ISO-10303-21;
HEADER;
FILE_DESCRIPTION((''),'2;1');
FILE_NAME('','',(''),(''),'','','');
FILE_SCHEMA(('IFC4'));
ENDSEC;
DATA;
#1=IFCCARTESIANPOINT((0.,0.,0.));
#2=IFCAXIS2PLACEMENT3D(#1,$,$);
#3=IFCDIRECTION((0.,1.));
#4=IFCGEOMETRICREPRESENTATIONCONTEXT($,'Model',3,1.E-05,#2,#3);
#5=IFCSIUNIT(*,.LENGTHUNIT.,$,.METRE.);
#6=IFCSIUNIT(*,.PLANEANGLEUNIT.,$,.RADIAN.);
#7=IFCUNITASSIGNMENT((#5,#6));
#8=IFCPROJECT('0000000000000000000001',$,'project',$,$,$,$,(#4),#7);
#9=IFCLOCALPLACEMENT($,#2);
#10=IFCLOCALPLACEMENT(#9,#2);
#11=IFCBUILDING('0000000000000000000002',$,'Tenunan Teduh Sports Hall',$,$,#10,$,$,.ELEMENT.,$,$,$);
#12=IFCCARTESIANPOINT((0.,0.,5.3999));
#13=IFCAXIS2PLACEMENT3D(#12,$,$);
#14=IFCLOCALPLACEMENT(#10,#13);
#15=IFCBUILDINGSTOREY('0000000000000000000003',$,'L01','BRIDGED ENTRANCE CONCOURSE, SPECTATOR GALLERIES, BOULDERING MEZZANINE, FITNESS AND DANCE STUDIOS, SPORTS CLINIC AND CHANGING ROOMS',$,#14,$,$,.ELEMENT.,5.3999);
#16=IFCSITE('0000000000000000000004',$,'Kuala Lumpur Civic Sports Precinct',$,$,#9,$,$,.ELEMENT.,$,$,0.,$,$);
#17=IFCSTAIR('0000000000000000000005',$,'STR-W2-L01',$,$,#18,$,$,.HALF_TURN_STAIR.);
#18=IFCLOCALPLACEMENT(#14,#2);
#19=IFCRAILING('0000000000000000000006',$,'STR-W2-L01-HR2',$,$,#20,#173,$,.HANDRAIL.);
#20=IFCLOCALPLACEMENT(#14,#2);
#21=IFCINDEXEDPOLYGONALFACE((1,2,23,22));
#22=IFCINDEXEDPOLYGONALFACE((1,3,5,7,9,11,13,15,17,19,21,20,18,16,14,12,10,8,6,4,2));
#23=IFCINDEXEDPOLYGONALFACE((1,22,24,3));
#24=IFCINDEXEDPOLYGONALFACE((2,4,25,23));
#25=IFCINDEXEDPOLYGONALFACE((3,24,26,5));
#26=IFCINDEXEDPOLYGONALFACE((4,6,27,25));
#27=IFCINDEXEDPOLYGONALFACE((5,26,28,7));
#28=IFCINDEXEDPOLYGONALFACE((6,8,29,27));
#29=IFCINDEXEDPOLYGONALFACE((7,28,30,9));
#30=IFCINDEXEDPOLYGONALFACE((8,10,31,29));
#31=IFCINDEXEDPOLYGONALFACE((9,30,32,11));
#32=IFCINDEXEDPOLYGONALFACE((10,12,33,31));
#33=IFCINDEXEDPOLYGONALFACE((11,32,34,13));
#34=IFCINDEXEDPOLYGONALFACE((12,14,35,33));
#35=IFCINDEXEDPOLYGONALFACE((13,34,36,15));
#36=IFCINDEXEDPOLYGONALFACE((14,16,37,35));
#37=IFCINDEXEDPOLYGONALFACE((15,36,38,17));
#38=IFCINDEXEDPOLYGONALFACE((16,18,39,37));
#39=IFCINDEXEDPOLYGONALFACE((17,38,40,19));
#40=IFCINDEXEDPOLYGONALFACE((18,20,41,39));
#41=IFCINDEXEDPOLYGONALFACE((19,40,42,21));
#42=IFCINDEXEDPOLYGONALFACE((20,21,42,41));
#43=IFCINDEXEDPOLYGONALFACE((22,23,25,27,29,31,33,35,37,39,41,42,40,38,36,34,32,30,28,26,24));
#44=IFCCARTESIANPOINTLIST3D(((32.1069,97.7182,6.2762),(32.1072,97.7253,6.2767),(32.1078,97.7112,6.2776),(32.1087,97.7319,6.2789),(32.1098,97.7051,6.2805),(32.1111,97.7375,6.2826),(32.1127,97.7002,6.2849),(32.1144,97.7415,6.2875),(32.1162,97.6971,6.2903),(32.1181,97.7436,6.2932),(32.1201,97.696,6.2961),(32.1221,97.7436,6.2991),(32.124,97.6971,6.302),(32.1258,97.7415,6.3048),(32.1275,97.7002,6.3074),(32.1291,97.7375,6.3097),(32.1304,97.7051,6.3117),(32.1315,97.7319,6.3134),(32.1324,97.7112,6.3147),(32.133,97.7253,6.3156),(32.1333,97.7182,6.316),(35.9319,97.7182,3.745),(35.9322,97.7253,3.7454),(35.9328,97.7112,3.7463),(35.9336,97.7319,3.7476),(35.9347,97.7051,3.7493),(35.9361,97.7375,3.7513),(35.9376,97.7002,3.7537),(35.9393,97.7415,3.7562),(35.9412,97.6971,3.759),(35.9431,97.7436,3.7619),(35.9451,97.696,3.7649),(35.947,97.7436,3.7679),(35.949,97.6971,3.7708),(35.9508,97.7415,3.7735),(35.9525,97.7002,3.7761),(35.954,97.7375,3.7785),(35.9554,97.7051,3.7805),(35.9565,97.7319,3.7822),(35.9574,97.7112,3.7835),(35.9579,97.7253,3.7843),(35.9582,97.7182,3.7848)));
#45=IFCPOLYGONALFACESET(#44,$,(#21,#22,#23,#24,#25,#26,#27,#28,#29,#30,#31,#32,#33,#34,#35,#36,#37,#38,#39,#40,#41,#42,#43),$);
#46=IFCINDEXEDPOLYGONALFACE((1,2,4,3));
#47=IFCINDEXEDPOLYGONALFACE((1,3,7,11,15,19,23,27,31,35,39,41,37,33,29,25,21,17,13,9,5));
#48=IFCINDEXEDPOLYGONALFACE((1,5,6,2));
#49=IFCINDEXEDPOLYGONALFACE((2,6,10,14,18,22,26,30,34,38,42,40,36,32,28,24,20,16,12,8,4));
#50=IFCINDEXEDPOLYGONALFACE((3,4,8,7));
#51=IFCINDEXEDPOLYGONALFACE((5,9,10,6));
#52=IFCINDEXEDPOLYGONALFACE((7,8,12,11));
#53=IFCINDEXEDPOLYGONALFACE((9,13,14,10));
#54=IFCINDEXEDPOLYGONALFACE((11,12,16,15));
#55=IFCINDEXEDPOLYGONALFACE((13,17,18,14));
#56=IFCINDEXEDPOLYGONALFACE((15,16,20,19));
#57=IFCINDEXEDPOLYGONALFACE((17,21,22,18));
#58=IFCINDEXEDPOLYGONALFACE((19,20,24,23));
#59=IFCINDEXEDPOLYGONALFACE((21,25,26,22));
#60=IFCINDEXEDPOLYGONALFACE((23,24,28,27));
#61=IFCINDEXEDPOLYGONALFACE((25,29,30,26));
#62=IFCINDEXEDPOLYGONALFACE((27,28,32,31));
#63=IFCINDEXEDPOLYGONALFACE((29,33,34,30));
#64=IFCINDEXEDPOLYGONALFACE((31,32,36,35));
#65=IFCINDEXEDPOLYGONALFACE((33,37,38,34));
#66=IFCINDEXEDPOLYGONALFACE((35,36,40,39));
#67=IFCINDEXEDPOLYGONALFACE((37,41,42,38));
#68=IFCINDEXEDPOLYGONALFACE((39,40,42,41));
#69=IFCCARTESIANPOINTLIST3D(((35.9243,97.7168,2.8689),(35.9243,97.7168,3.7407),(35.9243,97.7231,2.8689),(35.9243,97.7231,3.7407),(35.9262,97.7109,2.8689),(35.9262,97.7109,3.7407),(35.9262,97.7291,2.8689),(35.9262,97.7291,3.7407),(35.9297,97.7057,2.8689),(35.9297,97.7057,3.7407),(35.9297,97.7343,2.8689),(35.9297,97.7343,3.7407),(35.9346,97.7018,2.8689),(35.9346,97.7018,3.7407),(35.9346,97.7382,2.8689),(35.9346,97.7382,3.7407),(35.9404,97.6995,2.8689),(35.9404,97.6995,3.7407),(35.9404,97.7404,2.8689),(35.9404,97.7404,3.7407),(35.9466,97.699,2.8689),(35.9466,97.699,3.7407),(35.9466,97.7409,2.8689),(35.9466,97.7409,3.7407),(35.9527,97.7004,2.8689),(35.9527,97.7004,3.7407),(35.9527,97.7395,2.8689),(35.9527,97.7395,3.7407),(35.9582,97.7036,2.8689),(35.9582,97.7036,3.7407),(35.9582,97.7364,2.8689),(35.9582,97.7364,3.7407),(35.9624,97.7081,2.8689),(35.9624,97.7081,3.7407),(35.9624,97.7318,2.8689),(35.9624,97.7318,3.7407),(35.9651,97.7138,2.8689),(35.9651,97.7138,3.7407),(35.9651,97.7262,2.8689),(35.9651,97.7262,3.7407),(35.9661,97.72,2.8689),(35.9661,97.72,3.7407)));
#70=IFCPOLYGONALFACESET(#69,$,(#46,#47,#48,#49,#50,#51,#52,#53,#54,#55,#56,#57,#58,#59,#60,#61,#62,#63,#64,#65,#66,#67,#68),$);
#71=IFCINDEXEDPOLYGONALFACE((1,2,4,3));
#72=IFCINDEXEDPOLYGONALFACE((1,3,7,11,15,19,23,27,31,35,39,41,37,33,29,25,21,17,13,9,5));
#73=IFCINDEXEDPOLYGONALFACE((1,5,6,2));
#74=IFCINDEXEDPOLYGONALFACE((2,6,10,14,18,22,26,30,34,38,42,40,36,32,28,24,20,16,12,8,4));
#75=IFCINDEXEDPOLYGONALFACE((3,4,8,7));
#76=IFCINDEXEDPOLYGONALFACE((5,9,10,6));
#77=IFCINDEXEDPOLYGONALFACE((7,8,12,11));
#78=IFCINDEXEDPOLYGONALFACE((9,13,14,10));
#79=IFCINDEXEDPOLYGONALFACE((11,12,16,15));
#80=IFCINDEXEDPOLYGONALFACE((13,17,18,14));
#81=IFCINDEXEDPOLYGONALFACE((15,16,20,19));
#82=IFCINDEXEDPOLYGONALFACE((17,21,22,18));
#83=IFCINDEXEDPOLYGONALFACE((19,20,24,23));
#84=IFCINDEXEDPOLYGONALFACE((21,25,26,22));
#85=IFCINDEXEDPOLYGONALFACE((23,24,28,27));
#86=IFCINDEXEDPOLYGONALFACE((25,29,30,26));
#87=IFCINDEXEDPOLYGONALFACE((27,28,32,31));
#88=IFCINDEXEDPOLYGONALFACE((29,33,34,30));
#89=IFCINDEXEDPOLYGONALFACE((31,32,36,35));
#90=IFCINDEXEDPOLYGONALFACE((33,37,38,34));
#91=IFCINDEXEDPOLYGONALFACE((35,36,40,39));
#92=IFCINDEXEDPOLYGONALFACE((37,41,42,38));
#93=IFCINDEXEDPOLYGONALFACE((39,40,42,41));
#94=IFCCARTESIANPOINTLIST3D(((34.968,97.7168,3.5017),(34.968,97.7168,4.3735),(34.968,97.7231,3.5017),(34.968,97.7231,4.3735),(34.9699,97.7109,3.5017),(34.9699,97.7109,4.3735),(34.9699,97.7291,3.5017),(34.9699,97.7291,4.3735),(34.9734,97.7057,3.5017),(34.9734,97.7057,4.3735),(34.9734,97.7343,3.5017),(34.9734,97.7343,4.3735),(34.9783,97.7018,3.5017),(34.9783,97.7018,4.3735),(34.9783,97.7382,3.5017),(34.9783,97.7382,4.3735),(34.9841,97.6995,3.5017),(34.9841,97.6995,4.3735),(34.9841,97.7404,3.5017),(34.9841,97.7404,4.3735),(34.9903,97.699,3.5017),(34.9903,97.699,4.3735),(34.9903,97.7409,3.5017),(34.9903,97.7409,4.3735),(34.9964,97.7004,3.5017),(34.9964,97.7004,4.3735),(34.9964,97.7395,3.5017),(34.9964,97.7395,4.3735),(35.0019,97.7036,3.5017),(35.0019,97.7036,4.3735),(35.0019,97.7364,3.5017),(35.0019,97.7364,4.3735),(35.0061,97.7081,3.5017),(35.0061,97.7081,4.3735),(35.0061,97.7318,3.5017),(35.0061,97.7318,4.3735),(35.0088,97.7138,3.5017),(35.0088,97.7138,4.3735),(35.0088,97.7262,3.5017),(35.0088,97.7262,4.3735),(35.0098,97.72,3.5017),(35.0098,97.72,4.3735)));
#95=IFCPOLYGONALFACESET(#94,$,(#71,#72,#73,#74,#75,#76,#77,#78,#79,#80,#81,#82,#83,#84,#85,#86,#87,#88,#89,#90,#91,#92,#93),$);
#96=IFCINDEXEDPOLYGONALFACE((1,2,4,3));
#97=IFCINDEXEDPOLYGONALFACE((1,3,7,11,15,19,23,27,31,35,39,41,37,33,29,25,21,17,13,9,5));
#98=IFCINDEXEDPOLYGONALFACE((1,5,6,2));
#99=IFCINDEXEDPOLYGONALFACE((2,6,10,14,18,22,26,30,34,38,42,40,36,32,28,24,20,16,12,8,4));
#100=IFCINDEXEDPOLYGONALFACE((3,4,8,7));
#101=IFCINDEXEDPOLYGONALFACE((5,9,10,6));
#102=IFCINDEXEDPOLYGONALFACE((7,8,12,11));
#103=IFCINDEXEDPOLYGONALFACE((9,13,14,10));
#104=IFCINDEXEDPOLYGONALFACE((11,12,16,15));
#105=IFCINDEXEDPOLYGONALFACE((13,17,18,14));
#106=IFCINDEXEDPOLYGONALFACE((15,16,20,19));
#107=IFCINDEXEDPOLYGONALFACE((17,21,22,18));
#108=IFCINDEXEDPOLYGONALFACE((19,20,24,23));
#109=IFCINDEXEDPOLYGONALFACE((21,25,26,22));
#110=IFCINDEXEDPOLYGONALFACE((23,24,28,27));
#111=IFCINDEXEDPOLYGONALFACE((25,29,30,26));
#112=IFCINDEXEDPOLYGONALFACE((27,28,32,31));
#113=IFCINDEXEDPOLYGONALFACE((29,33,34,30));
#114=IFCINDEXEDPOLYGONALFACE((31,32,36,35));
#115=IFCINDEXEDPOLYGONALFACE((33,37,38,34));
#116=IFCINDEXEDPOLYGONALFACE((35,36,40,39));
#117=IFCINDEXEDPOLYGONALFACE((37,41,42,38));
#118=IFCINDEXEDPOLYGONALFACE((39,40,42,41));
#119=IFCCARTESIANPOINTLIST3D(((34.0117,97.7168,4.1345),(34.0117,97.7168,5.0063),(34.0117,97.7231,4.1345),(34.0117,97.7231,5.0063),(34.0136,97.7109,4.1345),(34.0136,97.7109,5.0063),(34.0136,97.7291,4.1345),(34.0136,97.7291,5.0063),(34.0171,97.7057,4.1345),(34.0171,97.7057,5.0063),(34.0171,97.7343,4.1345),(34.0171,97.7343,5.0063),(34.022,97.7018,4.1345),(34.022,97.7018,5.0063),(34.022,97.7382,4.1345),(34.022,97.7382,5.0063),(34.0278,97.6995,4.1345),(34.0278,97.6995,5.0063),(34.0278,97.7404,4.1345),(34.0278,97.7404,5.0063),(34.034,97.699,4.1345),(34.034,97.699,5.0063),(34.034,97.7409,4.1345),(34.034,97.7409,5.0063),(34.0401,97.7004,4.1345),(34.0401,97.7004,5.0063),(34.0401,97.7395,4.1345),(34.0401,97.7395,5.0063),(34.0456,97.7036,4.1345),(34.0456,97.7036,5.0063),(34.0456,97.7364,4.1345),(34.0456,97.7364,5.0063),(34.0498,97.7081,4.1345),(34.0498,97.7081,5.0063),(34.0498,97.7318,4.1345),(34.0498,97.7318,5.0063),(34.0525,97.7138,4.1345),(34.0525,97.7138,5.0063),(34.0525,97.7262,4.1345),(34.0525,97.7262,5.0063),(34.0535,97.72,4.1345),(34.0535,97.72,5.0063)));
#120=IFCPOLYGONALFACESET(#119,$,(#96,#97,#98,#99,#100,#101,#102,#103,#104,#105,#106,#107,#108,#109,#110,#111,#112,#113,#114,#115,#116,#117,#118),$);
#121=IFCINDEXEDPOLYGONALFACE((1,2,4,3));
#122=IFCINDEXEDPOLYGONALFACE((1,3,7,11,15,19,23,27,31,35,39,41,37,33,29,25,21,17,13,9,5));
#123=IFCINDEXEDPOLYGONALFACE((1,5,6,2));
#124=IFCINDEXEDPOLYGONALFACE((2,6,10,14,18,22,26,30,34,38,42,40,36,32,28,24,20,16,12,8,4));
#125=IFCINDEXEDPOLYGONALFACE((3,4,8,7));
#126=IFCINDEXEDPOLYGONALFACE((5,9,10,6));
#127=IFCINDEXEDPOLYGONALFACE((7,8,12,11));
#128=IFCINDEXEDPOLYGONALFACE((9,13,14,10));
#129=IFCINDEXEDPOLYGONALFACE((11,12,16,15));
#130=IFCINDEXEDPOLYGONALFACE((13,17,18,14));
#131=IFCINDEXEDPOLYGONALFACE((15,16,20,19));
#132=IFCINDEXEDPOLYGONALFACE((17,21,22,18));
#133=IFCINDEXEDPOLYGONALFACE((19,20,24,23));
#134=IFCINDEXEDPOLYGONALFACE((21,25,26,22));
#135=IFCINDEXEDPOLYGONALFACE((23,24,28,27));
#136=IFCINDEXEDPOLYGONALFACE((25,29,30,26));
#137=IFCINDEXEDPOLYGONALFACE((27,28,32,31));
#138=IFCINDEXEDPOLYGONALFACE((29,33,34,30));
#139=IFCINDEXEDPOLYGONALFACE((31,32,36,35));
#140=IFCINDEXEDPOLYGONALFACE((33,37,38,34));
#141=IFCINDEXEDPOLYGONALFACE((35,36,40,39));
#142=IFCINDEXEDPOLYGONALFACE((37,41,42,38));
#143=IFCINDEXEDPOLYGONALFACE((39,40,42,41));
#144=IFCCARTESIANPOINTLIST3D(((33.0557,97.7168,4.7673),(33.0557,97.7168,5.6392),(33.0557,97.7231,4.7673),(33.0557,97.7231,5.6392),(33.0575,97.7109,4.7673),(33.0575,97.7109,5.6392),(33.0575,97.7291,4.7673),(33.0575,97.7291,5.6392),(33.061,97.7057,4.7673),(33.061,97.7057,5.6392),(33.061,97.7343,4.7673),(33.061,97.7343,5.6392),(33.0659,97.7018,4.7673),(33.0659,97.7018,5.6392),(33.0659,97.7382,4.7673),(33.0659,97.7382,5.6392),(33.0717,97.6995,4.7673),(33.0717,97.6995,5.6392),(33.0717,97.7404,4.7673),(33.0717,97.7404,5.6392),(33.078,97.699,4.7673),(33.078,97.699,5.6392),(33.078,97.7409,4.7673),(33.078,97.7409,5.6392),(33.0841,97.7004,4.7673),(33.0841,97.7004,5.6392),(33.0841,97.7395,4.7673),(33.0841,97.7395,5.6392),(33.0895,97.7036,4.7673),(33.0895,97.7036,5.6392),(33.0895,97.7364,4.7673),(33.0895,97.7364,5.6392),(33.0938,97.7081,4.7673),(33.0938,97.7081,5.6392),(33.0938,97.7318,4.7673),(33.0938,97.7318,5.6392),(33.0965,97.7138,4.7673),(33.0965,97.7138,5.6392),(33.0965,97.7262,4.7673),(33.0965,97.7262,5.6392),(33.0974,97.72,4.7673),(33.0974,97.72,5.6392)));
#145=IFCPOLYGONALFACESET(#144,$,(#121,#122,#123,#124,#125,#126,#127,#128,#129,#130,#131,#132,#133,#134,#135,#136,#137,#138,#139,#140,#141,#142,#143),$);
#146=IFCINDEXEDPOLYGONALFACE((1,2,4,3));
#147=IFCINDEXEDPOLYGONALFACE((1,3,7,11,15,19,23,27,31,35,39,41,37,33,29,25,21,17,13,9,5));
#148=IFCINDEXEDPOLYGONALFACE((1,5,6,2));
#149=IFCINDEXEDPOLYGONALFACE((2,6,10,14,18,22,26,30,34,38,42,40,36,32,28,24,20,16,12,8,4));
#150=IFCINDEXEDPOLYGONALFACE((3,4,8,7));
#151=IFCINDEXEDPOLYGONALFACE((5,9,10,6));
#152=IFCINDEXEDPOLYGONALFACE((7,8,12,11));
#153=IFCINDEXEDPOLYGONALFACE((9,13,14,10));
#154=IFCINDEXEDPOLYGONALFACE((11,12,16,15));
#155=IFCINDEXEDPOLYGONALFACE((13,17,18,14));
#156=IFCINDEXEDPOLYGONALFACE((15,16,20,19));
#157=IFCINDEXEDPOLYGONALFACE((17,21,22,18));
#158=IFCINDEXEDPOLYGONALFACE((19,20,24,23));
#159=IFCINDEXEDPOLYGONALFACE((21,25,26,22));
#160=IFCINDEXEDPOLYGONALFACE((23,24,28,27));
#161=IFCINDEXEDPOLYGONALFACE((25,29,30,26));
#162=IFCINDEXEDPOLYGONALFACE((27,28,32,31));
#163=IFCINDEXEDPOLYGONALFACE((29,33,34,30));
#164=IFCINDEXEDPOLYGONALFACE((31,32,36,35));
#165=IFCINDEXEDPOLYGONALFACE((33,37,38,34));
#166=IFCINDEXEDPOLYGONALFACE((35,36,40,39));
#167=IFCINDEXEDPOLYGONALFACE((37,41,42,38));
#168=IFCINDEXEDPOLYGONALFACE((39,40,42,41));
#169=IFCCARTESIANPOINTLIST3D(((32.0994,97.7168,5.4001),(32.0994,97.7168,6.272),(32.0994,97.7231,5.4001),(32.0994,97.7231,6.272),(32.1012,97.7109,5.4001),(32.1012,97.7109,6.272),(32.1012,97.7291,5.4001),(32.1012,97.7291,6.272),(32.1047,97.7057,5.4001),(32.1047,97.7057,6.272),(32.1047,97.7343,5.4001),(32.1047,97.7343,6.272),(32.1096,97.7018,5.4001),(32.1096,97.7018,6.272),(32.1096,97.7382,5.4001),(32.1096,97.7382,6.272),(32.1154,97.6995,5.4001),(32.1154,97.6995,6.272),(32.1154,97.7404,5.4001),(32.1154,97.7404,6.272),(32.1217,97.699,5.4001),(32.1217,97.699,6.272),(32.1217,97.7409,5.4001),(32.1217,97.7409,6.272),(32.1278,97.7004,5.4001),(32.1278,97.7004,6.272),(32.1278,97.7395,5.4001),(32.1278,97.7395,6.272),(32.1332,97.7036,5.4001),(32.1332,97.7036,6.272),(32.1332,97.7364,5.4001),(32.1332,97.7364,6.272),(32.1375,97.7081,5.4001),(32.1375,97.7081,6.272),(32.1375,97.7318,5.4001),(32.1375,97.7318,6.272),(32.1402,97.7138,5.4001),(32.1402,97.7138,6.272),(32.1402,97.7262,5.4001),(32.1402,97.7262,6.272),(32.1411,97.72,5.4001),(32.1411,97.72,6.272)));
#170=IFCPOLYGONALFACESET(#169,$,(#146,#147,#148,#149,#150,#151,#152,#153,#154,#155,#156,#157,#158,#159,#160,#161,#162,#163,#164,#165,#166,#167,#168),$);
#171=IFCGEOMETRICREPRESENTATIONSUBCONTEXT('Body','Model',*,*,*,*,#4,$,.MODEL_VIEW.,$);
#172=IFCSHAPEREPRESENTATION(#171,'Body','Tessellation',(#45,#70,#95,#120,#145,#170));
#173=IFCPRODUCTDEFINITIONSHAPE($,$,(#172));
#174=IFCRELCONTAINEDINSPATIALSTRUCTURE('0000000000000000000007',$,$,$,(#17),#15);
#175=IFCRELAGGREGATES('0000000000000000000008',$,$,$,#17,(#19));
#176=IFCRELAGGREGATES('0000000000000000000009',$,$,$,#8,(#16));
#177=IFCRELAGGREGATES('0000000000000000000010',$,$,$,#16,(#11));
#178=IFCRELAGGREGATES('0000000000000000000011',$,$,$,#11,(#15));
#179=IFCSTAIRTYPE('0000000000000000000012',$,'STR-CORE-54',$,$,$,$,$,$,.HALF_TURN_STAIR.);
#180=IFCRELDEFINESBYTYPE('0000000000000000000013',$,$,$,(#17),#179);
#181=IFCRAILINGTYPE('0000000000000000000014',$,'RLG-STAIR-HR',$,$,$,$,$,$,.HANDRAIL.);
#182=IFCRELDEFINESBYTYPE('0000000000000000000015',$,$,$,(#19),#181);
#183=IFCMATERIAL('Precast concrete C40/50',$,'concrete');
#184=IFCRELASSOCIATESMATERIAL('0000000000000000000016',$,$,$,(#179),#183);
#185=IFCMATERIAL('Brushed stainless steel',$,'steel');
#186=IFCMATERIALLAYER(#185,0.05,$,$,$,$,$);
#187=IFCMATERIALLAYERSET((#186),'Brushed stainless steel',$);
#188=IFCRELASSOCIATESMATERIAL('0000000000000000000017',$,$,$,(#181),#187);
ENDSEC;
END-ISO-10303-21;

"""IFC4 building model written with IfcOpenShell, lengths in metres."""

from ifc_helpers import new_model, si_unit, direction, frame, origin, origin_2d, place, context, subcontext, project, spatial, circle, extrude, material, layer, layer_set, type_object, element, aggregate, save


model = new_model("IFC4")

# Units and contexts
model_context = context("Model", 3, precision=1e-05, world=origin(), true_north=direction((0.0, 1.0)))
body_context = subcontext(model_context, "Body", "Model", "MODEL_VIEW")
ifc_project = project(units=[si_unit("LENGTHUNIT", "METRE"), si_unit("PLANEANGLEUNIT", "RADIAN")], contexts=[model_context])

# Site, building, storey
site_placement = place(None, origin())
site = spatial("IfcSite", under=ifc_project, at=site_placement, Name="Kuala Lumpur Civic Sports Precinct", CompositionType="ELEMENT", RefElevation=0.0)
building_placement = place(site_placement, origin())
building = spatial("IfcBuilding", under=site, at=building_placement, Name="Tenunan Teduh Sports Hall", CompositionType="ELEMENT")
storey_placement = place(building_placement, frame((0.0, 0.0, 5.3999)))
storey = spatial("IfcBuildingStorey", under=building, at=storey_placement, Name="L01", Description="BRIDGED ENTRANCE CONCOURSE, SPECTATOR GALLERIES, BOULDERING MEZZANINE, FITNESS AND DANCE STUDIOS, SPORTS CLINIC AND CHANGING ROOMS", CompositionType="ELEMENT", Elevation=5.3999)

# Stair
ifc_material_1 = material(Name="Precast concrete C40/50", Category="concrete")
stair_type = type_object("IfcStairType", Name="STR-CORE-54", PredefinedType="HALF_TURN_STAIR", material=ifc_material_1)
stair_placement = place(storey_placement, origin())
stair = element("IfcStair", 1, at=stair_placement, inside=storey, type_object=stair_type, Name="STR-W2-L01", PredefinedType="HALF_TURN_STAIR")

# Railing
ifc_material_2 = material(Name="Brushed stainless steel", Category="steel")
ifc_layer_1 = layer(ifc_material_2, 0.05)
ifc_layer_set_1 = layer_set([ifc_layer_1], Name="Brushed stainless steel")
railing_type_1 = type_object("IfcRailingType", Name="RLG-STAIR-HR", PredefinedType="HANDRAIL", material=ifc_layer_set_1)
railing_1_placement = place(storey_placement, frame((35.9451, 97.72, 2.8689)))
railing_1 = element("IfcRailing", 2, at=railing_1_placement, type_object=railing_type_1, Name="STR-W2-L01-HR2", PredefinedType="HANDRAIL", context=body_context, shape_type="SweptSolid", body=[
    extrude(circle(Radius=0.0239, at=origin_2d()), frame((0.0, 0.0, 0.896), z_axis=(-0.833929, 0.0, 0.551872), x_axis=(0.0, -1.0, 0.0)), (0.0, 0.0, 1.0), 4.5867),
    extrude(circle(Radius=0.021, at=origin_2d()), origin(), (0.0, 0.0, 1.0), 0.8718),
    extrude(circle(Radius=0.021, at=origin_2d()), frame((-0.9563, 0.0, 0.6328)), (0.0, 0.0, 1.0), 0.8718),
    extrude(circle(Radius=0.021, at=origin_2d()), frame((-1.9126, 0.0, 1.2656)), (0.0, 0.0, 1.0), 0.8718),
    extrude(circle(Radius=0.021, at=origin_2d()), frame((-2.8687, 0.0, 1.8984)), (0.0, 0.0, 1.0), 0.8718),
    extrude(circle(Radius=0.021, at=origin_2d()), frame((-3.825, 0.0, 2.5312)), (0.0, 0.0, 1.0), 0.8718),
])
aggregate(stair, [railing_1])

save(model, "model.ifc")
